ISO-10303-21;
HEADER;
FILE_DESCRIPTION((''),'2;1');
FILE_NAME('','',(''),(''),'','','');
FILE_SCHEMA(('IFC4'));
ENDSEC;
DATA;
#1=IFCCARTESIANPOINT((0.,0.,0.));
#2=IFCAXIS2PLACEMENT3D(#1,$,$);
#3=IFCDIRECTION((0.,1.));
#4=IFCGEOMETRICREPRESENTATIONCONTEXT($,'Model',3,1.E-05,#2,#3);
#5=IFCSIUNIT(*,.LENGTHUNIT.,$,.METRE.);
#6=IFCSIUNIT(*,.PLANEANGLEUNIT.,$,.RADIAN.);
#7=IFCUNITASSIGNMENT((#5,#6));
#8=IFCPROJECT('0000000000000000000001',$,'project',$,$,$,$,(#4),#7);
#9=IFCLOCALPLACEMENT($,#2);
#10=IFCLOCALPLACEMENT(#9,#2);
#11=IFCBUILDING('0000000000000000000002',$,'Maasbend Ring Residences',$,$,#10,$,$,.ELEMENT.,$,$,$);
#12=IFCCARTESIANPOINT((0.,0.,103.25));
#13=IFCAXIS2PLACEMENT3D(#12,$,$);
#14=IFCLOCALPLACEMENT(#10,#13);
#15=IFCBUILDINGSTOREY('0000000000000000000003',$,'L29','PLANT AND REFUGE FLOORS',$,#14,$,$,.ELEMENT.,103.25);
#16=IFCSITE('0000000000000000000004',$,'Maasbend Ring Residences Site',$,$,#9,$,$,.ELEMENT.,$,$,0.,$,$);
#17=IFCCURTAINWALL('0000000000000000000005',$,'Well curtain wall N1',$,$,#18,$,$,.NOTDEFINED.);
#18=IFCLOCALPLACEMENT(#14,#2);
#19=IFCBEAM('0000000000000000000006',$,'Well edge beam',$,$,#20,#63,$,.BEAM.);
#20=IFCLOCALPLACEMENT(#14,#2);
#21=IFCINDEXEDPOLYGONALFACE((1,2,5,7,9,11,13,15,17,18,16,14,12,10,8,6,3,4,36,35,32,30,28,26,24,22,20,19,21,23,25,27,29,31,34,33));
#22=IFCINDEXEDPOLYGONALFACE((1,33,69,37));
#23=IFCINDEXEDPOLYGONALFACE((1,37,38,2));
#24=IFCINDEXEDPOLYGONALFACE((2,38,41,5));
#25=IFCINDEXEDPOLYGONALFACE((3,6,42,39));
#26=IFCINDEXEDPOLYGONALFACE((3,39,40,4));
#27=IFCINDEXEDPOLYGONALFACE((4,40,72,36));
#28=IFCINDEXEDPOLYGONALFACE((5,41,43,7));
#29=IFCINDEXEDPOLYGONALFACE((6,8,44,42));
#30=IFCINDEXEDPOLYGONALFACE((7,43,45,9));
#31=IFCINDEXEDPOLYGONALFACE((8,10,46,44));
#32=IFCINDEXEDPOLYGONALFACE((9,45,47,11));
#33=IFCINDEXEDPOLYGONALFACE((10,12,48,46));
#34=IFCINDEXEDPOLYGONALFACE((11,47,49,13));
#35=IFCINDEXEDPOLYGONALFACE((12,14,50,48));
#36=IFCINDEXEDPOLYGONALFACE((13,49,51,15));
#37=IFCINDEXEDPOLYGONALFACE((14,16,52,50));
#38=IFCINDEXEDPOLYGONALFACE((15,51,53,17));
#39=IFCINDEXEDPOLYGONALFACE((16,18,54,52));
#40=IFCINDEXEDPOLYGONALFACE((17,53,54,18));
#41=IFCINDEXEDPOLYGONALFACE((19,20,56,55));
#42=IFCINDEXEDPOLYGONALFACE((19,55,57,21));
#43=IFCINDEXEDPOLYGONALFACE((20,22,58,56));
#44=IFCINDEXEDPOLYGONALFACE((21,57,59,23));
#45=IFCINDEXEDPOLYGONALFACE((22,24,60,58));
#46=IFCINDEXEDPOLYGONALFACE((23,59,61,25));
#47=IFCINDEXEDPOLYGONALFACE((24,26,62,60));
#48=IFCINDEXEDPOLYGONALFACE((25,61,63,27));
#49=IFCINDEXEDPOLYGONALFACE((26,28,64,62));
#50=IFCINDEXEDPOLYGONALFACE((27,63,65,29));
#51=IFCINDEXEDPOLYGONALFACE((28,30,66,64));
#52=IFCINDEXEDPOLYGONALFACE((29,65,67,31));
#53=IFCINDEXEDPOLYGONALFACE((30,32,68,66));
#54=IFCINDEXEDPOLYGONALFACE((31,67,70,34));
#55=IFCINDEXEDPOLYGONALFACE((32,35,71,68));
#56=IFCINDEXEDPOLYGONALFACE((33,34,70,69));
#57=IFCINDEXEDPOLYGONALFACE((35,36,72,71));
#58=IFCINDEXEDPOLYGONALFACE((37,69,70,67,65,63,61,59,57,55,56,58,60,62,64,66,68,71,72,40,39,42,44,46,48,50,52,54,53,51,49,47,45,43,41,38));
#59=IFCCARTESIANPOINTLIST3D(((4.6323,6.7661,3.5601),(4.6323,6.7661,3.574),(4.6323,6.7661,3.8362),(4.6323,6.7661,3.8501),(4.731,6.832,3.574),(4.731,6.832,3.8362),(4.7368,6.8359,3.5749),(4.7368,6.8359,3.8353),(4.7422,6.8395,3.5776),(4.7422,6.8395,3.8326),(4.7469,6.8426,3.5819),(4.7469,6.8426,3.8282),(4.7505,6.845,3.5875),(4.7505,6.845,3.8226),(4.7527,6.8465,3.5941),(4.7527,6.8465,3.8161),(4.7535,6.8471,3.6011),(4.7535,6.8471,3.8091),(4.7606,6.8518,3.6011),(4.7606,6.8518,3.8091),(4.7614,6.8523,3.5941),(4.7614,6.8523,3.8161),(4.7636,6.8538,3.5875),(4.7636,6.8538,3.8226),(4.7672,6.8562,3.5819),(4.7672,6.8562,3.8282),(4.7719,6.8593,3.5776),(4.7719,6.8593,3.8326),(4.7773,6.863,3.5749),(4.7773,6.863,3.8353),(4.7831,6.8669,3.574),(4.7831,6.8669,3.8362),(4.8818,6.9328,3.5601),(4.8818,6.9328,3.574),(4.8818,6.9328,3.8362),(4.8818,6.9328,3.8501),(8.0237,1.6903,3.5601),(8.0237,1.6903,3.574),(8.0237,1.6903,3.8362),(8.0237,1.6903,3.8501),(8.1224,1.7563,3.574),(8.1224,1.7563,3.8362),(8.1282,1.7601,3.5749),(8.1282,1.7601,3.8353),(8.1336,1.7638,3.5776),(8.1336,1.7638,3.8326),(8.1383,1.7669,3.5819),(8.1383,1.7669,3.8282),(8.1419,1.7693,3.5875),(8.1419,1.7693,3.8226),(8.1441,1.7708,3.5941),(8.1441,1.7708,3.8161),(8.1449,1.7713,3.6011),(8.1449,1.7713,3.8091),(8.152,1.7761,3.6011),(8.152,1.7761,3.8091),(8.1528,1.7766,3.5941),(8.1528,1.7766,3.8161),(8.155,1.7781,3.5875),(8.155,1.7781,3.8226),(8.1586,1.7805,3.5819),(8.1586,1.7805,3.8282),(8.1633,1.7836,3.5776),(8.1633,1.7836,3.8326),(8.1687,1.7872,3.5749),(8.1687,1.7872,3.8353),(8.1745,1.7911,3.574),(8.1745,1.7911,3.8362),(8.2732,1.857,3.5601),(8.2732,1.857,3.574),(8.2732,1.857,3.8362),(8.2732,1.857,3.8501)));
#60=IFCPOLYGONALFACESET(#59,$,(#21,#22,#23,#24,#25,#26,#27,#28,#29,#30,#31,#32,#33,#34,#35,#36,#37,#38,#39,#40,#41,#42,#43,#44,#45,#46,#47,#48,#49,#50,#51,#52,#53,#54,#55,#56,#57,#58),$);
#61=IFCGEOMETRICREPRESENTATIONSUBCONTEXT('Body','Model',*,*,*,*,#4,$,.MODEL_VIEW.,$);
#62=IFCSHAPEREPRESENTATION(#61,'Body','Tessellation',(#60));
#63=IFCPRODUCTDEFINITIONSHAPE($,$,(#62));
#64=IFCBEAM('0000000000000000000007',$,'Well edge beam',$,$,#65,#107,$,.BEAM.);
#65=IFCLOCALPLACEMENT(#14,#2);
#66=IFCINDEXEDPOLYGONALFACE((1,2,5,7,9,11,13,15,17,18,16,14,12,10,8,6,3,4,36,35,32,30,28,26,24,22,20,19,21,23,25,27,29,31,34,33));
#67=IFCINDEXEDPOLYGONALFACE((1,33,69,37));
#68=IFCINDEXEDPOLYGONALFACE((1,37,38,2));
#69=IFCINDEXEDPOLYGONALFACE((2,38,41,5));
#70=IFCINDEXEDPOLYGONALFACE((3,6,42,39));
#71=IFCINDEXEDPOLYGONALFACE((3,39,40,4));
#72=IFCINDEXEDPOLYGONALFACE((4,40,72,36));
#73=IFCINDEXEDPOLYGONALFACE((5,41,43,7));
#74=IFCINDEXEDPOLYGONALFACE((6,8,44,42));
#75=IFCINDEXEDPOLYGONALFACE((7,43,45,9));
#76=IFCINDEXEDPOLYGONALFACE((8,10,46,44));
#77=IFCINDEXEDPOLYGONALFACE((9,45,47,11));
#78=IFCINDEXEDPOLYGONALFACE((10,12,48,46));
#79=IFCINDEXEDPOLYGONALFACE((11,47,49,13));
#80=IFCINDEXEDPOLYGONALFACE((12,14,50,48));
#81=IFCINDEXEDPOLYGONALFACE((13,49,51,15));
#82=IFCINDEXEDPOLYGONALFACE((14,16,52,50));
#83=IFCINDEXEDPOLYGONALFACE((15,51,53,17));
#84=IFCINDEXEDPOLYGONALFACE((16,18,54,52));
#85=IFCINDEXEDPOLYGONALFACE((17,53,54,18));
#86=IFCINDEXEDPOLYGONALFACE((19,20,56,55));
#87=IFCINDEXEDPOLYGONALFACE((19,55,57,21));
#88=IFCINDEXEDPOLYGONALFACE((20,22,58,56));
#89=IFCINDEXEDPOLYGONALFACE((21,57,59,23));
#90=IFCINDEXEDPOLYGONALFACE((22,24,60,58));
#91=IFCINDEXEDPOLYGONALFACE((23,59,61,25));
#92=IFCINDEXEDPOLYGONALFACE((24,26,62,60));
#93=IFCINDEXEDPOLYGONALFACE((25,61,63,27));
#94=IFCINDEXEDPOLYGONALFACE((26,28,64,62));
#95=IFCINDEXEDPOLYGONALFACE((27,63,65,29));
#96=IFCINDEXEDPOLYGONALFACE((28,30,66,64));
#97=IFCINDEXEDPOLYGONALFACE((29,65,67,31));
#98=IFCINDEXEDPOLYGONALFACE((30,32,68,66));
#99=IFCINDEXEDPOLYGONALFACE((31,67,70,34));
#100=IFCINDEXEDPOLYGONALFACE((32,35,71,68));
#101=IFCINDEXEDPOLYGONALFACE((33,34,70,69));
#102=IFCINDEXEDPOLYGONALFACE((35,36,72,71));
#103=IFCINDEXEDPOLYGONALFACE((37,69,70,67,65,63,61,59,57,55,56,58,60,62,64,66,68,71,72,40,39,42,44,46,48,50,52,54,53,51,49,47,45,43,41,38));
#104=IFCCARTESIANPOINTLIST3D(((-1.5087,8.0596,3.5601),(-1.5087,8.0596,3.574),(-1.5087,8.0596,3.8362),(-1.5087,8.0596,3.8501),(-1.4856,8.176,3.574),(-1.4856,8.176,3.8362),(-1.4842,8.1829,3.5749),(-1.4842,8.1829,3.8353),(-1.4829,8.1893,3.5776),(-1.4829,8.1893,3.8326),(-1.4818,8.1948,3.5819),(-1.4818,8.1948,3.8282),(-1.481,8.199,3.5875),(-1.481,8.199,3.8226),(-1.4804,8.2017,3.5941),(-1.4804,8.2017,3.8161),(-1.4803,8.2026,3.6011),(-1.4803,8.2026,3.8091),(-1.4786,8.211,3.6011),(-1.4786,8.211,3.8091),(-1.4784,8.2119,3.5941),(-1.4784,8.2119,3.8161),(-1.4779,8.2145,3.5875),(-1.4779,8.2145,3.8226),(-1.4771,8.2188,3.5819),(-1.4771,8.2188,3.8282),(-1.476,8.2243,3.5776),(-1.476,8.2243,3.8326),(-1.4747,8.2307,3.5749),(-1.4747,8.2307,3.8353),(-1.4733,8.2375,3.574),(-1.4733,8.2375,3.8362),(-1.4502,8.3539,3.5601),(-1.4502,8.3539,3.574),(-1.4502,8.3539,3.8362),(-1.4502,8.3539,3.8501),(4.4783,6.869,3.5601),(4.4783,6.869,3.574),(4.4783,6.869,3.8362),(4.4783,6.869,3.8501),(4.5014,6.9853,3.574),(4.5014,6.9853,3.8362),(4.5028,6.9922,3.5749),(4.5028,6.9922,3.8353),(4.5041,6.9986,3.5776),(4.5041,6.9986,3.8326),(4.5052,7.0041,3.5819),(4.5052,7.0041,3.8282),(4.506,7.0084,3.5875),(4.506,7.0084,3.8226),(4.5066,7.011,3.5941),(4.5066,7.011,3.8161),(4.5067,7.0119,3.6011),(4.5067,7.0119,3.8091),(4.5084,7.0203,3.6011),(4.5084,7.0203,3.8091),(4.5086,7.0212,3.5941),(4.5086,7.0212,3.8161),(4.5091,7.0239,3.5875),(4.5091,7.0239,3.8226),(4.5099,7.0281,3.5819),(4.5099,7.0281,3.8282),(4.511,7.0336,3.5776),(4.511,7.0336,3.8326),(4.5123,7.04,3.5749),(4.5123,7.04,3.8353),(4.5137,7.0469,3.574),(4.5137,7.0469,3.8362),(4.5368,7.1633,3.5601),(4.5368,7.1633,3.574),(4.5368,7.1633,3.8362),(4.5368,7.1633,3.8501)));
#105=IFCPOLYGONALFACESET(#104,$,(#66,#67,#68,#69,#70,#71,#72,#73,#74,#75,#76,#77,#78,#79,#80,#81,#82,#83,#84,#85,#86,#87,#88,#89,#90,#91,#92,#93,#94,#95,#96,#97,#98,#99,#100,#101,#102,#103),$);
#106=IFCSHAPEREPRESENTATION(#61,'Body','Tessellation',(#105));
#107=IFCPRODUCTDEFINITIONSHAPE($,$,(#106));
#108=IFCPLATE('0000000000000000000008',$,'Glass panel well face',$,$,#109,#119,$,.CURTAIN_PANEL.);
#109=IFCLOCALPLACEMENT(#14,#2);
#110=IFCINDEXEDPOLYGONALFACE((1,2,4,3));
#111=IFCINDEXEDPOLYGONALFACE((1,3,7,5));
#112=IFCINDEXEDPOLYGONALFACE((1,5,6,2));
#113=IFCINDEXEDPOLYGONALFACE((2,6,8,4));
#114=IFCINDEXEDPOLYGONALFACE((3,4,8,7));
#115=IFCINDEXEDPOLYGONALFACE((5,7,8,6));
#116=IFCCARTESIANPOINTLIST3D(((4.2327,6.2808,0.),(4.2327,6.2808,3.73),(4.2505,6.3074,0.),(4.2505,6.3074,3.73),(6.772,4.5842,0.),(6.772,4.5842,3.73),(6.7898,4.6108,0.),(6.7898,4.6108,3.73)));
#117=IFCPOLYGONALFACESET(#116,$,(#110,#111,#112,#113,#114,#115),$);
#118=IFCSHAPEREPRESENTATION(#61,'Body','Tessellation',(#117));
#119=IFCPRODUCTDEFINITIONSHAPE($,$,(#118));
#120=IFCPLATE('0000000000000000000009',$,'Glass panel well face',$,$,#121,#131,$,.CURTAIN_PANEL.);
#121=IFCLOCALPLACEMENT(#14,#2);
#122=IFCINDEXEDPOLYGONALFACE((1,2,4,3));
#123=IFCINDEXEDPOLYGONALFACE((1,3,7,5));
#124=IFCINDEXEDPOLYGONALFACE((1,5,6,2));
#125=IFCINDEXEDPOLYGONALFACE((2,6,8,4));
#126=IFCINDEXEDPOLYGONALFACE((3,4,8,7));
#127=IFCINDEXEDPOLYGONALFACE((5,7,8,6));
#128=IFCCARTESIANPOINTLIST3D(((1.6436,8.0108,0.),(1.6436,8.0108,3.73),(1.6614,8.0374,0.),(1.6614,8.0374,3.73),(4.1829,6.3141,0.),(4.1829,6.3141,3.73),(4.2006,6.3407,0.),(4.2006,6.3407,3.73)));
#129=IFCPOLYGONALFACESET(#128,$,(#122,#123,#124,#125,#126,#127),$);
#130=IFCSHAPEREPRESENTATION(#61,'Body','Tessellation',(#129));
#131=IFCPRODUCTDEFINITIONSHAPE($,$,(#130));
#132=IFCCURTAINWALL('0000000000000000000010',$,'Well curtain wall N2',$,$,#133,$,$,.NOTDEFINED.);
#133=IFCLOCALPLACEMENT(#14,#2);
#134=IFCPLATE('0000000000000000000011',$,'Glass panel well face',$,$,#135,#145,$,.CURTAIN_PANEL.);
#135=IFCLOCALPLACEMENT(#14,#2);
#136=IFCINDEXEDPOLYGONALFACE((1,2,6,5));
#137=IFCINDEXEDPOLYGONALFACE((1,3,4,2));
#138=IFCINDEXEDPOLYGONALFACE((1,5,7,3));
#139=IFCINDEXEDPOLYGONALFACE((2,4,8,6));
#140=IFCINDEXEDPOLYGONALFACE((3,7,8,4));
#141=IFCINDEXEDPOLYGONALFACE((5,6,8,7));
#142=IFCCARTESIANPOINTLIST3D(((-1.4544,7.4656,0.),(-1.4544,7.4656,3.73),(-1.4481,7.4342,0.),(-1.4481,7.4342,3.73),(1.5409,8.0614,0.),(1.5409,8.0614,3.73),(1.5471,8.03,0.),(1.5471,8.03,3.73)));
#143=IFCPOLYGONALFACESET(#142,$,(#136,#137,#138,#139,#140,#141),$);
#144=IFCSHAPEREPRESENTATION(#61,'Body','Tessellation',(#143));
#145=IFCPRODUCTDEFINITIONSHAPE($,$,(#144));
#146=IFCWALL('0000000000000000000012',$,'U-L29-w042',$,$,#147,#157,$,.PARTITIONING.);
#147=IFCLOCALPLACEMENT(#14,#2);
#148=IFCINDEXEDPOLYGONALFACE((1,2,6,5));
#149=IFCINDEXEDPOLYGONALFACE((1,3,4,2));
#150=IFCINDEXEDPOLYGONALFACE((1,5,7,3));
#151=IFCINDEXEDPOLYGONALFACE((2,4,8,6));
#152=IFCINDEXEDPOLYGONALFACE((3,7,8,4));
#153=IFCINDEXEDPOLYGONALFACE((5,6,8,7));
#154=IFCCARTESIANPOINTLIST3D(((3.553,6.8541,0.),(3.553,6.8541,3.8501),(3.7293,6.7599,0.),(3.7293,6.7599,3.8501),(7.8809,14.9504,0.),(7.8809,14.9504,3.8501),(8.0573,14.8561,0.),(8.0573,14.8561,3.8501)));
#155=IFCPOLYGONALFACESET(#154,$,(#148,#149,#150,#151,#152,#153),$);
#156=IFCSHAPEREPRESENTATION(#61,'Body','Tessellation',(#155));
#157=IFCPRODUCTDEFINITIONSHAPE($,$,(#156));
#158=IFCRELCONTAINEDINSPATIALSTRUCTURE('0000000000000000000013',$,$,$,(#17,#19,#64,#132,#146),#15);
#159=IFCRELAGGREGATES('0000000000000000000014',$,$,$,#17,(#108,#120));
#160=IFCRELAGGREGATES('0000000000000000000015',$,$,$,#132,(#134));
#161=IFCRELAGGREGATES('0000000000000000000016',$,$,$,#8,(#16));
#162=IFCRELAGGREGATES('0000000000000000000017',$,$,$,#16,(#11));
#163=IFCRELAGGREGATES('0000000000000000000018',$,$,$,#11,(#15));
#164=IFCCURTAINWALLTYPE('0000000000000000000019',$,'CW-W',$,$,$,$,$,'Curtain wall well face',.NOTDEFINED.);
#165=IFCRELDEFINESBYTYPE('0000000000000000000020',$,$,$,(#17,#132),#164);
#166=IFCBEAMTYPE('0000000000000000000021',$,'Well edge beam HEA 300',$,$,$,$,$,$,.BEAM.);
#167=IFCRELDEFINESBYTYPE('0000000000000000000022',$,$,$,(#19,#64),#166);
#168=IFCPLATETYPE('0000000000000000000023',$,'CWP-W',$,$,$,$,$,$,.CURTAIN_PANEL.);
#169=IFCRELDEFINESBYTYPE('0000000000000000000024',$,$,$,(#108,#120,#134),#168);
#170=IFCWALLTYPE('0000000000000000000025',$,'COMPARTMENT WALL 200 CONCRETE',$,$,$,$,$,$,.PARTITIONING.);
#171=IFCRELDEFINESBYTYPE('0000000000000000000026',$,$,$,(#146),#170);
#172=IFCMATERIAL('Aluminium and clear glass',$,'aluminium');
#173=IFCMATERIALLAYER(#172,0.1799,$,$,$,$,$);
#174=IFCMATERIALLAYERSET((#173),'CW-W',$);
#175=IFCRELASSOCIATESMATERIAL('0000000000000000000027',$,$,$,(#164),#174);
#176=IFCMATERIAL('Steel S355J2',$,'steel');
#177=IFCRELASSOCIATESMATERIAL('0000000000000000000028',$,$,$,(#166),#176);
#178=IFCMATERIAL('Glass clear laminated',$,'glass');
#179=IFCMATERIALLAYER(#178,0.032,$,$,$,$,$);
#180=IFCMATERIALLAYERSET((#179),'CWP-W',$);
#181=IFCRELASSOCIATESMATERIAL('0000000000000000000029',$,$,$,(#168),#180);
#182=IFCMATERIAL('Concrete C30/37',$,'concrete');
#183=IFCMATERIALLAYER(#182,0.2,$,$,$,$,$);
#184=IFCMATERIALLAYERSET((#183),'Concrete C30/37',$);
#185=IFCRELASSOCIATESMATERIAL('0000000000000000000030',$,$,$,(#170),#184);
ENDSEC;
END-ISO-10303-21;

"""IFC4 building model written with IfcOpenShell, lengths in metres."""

from ifc_helpers import new_model, si_unit, direction, frame, frame_2d, origin, origin_2d, place, context, subcontext, project, spatial, rectangle, i_section, extrude, material, layer, layer_set, material_profile, profile_set, type_object, element, aggregate, save


model = new_model("IFC4")

# Units and contexts
model_context = context("Model", 3, precision=1e-05, world=origin(), true_north=direction((0.0, 1.0)))
body_context = subcontext(model_context, "Body", "Model", "MODEL_VIEW")
ifc_project = project(units=[si_unit("LENGTHUNIT", "METRE"), si_unit("PLANEANGLEUNIT", "RADIAN")], contexts=[model_context])

# Site, building, storey
site_placement = place(None, origin())
site = spatial("IfcSite", under=ifc_project, at=site_placement, Name="Maasbend Ring Residences Site", CompositionType="ELEMENT", RefElevation=0.0)
building_placement = place(site_placement, origin())
building = spatial("IfcBuilding", under=site, at=building_placement, Name="Maasbend Ring Residences", CompositionType="ELEMENT")
storey_placement = place(building_placement, frame((0.0, 0.0, 103.25)))
storey = spatial("IfcBuildingStorey", under=building, at=storey_placement, Name="L29", Description="PLANT AND REFUGE FLOORS", CompositionType="ELEMENT", Elevation=103.25)

# Curtain wall
ifc_material_1 = material(Name="Aluminium and clear glass", Category="aluminium")
ifc_layer_1 = layer(ifc_material_1, 0.1799)
ifc_layer_set_1 = layer_set([ifc_layer_1], Name="CW-W")
curtain_wall_type = type_object("IfcCurtainWallType", Name="CW-W", ElementType="Curtain wall well face", PredefinedType="NOTDEFINED", material=ifc_layer_set_1)
curtain_wall_1_placement = place(storey_placement, origin())
curtain_wall_1 = element("IfcCurtainWall", 1, at=curtain_wall_1_placement, inside=storey, type_object=curtain_wall_type, Name="Well curtain wall N1", PredefinedType="NOTDEFINED")

# Beams
ifc_material_2 = material(Name="Steel S355J2", Category="steel")
ifc_material_profile_1 = material_profile(ifc_material_2, i_section(OverallWidth=0.3, OverallDepth=0.29, WebThickness=0.0085, FlangeThickness=0.0139, FilletRadius=0.0271, at=origin_2d()), Name="HEA 300")
ifc_profile_set_1 = profile_set([ifc_material_profile_1], Name="Steel S355J2")
beam_type = type_object("IfcBeamType", Name="Well edge beam HEA 300", PredefinedType="BEAM", material=ifc_profile_set_1)
beam_1_placement = place(storey_placement, frame((8.1484, 1.7737, 3.7051), z_axis=(-0.555558, 0.831478, 0.0), x_axis=(-0.831478, -0.555558, 0.0)))
element("IfcBeam", 2, at=beam_1_placement, inside=storey, type_object=beam_type, Name="Well edge beam", PredefinedType="BEAM", context=body_context, shape_type="SweptSolid", body=[
    extrude(i_section(OverallWidth=0.3, OverallDepth=0.29, WebThickness=0.0085, FlangeThickness=0.0139, FilletRadius=0.0271, at=origin_2d()), origin(), (0.0, 0.0, 1.0), 6.1045),
])
beam_2_placement = place(storey_placement, frame((4.5076, 7.0161, 3.7051), z_axis=(-0.980792, 0.195055, 0.0), x_axis=(-0.195055, -0.980792, 0.0)))
element("IfcBeam", 3, at=beam_2_placement, inside=storey, type_object=beam_type, Name="Well edge beam", PredefinedType="BEAM", context=body_context, shape_type="SweptSolid", body=[
    extrude(i_section(OverallWidth=0.3, OverallDepth=0.29, WebThickness=0.0085, FlangeThickness=0.0139, FilletRadius=0.0271, at=origin_2d()), origin(), (0.0, 0.0, 1.0), 6.1042),
])

# Plates
ifc_material_3 = material(Name="Glass clear laminated", Category="glass")
ifc_layer_2 = layer(ifc_material_3, 0.032)
ifc_layer_set_2 = layer_set([ifc_layer_2], Name="CWP-W")
plate_type = type_object("IfcPlateType", Name="CWP-W", PredefinedType="CURTAIN_PANEL", material=ifc_layer_set_2)
plate_1_placement = place(storey_placement, frame((5.5112, 5.4458, 0.0), z_axis=(0.0, 0.0, 1.0), x_axis=(-0.83147, 0.55557, 0.0)))
plate_1 = element("IfcPlate", 4, at=plate_1_placement, type_object=plate_type, Name="Glass panel well face", PredefinedType="CURTAIN_PANEL", context=body_context, shape_type="SweptSolid", body=[
    extrude(rectangle(XDim=3.054, YDim=0.032, at=origin_2d()), origin(), (0.0, 0.0, 1.0), 3.73),
])
plate_2_placement = place(storey_placement, frame((2.9221, 7.1758, 0.0), z_axis=(0.0, 0.0, 1.0), x_axis=(-0.83147, 0.55557, 0.0)))
plate_2 = element("IfcPlate", 5, at=plate_2_placement, type_object=plate_type, Name="Glass panel well face", PredefinedType="CURTAIN_PANEL", context=body_context, shape_type="SweptSolid", body=[
    extrude(rectangle(XDim=3.054, YDim=0.032, at=origin_2d()), origin(), (0.0, 0.0, 1.0), 3.73),
])
aggregate(curtain_wall_1, [plate_1, plate_2])

# Curtain wall, plate
curtain_wall_2_placement = place(storey_placement, origin())
curtain_wall_2 = element("IfcCurtainWall", 6, at=curtain_wall_2_placement, inside=storey, type_object=curtain_wall_type, Name="Well curtain wall N2", PredefinedType="NOTDEFINED")
plate_3_placement = place(storey_placement, frame((0.0464, 7.7478, 0.0), z_axis=(0.0, 0.0, 1.0), x_axis=(-0.980785, -0.19509, 0.0)))
plate_3 = element("IfcPlate", 7, at=plate_3_placement, type_object=plate_type, Name="Glass panel well face", PredefinedType="CURTAIN_PANEL", context=body_context, shape_type="SweptSolid", body=[
    extrude(rectangle(XDim=3.054, YDim=0.032, at=origin_2d()), origin(), (0.0, 0.0, 1.0), 3.73),
])
aggregate(curtain_wall_2, [plate_3])

# Wall
ifc_material_4 = material(Name="Concrete C30/37", Category="concrete")
ifc_layer_3 = layer(ifc_material_4, 0.2)
ifc_layer_set_3 = layer_set([ifc_layer_3], Name="Concrete C30/37")
wall_type_1 = type_object("IfcWallType", Name="COMPARTMENT WALL 200 CONCRETE", PredefinedType="PARTITIONING", material=ifc_layer_set_3)
wall_1_placement = place(storey_placement, frame((3.6411, 6.8069, 0.0), z_axis=(0.0, 0.0, 1.0), x_axis=(0.471429, 0.881904, 0.0)))
element("IfcWall", 8, at=wall_1_placement, inside=storey, type_object=wall_type_1, Name="U-L29-w042", PredefinedType="PARTITIONING", context=body_context, shape_type="SweptSolid", body=[
    extrude(rectangle(XDim=9.1804, YDim=0.2, at=frame_2d((4.5903, 0.0))), origin(), (0.0, 0.0, 1.0), 3.8501),
])

save(model, "model.ifc")
